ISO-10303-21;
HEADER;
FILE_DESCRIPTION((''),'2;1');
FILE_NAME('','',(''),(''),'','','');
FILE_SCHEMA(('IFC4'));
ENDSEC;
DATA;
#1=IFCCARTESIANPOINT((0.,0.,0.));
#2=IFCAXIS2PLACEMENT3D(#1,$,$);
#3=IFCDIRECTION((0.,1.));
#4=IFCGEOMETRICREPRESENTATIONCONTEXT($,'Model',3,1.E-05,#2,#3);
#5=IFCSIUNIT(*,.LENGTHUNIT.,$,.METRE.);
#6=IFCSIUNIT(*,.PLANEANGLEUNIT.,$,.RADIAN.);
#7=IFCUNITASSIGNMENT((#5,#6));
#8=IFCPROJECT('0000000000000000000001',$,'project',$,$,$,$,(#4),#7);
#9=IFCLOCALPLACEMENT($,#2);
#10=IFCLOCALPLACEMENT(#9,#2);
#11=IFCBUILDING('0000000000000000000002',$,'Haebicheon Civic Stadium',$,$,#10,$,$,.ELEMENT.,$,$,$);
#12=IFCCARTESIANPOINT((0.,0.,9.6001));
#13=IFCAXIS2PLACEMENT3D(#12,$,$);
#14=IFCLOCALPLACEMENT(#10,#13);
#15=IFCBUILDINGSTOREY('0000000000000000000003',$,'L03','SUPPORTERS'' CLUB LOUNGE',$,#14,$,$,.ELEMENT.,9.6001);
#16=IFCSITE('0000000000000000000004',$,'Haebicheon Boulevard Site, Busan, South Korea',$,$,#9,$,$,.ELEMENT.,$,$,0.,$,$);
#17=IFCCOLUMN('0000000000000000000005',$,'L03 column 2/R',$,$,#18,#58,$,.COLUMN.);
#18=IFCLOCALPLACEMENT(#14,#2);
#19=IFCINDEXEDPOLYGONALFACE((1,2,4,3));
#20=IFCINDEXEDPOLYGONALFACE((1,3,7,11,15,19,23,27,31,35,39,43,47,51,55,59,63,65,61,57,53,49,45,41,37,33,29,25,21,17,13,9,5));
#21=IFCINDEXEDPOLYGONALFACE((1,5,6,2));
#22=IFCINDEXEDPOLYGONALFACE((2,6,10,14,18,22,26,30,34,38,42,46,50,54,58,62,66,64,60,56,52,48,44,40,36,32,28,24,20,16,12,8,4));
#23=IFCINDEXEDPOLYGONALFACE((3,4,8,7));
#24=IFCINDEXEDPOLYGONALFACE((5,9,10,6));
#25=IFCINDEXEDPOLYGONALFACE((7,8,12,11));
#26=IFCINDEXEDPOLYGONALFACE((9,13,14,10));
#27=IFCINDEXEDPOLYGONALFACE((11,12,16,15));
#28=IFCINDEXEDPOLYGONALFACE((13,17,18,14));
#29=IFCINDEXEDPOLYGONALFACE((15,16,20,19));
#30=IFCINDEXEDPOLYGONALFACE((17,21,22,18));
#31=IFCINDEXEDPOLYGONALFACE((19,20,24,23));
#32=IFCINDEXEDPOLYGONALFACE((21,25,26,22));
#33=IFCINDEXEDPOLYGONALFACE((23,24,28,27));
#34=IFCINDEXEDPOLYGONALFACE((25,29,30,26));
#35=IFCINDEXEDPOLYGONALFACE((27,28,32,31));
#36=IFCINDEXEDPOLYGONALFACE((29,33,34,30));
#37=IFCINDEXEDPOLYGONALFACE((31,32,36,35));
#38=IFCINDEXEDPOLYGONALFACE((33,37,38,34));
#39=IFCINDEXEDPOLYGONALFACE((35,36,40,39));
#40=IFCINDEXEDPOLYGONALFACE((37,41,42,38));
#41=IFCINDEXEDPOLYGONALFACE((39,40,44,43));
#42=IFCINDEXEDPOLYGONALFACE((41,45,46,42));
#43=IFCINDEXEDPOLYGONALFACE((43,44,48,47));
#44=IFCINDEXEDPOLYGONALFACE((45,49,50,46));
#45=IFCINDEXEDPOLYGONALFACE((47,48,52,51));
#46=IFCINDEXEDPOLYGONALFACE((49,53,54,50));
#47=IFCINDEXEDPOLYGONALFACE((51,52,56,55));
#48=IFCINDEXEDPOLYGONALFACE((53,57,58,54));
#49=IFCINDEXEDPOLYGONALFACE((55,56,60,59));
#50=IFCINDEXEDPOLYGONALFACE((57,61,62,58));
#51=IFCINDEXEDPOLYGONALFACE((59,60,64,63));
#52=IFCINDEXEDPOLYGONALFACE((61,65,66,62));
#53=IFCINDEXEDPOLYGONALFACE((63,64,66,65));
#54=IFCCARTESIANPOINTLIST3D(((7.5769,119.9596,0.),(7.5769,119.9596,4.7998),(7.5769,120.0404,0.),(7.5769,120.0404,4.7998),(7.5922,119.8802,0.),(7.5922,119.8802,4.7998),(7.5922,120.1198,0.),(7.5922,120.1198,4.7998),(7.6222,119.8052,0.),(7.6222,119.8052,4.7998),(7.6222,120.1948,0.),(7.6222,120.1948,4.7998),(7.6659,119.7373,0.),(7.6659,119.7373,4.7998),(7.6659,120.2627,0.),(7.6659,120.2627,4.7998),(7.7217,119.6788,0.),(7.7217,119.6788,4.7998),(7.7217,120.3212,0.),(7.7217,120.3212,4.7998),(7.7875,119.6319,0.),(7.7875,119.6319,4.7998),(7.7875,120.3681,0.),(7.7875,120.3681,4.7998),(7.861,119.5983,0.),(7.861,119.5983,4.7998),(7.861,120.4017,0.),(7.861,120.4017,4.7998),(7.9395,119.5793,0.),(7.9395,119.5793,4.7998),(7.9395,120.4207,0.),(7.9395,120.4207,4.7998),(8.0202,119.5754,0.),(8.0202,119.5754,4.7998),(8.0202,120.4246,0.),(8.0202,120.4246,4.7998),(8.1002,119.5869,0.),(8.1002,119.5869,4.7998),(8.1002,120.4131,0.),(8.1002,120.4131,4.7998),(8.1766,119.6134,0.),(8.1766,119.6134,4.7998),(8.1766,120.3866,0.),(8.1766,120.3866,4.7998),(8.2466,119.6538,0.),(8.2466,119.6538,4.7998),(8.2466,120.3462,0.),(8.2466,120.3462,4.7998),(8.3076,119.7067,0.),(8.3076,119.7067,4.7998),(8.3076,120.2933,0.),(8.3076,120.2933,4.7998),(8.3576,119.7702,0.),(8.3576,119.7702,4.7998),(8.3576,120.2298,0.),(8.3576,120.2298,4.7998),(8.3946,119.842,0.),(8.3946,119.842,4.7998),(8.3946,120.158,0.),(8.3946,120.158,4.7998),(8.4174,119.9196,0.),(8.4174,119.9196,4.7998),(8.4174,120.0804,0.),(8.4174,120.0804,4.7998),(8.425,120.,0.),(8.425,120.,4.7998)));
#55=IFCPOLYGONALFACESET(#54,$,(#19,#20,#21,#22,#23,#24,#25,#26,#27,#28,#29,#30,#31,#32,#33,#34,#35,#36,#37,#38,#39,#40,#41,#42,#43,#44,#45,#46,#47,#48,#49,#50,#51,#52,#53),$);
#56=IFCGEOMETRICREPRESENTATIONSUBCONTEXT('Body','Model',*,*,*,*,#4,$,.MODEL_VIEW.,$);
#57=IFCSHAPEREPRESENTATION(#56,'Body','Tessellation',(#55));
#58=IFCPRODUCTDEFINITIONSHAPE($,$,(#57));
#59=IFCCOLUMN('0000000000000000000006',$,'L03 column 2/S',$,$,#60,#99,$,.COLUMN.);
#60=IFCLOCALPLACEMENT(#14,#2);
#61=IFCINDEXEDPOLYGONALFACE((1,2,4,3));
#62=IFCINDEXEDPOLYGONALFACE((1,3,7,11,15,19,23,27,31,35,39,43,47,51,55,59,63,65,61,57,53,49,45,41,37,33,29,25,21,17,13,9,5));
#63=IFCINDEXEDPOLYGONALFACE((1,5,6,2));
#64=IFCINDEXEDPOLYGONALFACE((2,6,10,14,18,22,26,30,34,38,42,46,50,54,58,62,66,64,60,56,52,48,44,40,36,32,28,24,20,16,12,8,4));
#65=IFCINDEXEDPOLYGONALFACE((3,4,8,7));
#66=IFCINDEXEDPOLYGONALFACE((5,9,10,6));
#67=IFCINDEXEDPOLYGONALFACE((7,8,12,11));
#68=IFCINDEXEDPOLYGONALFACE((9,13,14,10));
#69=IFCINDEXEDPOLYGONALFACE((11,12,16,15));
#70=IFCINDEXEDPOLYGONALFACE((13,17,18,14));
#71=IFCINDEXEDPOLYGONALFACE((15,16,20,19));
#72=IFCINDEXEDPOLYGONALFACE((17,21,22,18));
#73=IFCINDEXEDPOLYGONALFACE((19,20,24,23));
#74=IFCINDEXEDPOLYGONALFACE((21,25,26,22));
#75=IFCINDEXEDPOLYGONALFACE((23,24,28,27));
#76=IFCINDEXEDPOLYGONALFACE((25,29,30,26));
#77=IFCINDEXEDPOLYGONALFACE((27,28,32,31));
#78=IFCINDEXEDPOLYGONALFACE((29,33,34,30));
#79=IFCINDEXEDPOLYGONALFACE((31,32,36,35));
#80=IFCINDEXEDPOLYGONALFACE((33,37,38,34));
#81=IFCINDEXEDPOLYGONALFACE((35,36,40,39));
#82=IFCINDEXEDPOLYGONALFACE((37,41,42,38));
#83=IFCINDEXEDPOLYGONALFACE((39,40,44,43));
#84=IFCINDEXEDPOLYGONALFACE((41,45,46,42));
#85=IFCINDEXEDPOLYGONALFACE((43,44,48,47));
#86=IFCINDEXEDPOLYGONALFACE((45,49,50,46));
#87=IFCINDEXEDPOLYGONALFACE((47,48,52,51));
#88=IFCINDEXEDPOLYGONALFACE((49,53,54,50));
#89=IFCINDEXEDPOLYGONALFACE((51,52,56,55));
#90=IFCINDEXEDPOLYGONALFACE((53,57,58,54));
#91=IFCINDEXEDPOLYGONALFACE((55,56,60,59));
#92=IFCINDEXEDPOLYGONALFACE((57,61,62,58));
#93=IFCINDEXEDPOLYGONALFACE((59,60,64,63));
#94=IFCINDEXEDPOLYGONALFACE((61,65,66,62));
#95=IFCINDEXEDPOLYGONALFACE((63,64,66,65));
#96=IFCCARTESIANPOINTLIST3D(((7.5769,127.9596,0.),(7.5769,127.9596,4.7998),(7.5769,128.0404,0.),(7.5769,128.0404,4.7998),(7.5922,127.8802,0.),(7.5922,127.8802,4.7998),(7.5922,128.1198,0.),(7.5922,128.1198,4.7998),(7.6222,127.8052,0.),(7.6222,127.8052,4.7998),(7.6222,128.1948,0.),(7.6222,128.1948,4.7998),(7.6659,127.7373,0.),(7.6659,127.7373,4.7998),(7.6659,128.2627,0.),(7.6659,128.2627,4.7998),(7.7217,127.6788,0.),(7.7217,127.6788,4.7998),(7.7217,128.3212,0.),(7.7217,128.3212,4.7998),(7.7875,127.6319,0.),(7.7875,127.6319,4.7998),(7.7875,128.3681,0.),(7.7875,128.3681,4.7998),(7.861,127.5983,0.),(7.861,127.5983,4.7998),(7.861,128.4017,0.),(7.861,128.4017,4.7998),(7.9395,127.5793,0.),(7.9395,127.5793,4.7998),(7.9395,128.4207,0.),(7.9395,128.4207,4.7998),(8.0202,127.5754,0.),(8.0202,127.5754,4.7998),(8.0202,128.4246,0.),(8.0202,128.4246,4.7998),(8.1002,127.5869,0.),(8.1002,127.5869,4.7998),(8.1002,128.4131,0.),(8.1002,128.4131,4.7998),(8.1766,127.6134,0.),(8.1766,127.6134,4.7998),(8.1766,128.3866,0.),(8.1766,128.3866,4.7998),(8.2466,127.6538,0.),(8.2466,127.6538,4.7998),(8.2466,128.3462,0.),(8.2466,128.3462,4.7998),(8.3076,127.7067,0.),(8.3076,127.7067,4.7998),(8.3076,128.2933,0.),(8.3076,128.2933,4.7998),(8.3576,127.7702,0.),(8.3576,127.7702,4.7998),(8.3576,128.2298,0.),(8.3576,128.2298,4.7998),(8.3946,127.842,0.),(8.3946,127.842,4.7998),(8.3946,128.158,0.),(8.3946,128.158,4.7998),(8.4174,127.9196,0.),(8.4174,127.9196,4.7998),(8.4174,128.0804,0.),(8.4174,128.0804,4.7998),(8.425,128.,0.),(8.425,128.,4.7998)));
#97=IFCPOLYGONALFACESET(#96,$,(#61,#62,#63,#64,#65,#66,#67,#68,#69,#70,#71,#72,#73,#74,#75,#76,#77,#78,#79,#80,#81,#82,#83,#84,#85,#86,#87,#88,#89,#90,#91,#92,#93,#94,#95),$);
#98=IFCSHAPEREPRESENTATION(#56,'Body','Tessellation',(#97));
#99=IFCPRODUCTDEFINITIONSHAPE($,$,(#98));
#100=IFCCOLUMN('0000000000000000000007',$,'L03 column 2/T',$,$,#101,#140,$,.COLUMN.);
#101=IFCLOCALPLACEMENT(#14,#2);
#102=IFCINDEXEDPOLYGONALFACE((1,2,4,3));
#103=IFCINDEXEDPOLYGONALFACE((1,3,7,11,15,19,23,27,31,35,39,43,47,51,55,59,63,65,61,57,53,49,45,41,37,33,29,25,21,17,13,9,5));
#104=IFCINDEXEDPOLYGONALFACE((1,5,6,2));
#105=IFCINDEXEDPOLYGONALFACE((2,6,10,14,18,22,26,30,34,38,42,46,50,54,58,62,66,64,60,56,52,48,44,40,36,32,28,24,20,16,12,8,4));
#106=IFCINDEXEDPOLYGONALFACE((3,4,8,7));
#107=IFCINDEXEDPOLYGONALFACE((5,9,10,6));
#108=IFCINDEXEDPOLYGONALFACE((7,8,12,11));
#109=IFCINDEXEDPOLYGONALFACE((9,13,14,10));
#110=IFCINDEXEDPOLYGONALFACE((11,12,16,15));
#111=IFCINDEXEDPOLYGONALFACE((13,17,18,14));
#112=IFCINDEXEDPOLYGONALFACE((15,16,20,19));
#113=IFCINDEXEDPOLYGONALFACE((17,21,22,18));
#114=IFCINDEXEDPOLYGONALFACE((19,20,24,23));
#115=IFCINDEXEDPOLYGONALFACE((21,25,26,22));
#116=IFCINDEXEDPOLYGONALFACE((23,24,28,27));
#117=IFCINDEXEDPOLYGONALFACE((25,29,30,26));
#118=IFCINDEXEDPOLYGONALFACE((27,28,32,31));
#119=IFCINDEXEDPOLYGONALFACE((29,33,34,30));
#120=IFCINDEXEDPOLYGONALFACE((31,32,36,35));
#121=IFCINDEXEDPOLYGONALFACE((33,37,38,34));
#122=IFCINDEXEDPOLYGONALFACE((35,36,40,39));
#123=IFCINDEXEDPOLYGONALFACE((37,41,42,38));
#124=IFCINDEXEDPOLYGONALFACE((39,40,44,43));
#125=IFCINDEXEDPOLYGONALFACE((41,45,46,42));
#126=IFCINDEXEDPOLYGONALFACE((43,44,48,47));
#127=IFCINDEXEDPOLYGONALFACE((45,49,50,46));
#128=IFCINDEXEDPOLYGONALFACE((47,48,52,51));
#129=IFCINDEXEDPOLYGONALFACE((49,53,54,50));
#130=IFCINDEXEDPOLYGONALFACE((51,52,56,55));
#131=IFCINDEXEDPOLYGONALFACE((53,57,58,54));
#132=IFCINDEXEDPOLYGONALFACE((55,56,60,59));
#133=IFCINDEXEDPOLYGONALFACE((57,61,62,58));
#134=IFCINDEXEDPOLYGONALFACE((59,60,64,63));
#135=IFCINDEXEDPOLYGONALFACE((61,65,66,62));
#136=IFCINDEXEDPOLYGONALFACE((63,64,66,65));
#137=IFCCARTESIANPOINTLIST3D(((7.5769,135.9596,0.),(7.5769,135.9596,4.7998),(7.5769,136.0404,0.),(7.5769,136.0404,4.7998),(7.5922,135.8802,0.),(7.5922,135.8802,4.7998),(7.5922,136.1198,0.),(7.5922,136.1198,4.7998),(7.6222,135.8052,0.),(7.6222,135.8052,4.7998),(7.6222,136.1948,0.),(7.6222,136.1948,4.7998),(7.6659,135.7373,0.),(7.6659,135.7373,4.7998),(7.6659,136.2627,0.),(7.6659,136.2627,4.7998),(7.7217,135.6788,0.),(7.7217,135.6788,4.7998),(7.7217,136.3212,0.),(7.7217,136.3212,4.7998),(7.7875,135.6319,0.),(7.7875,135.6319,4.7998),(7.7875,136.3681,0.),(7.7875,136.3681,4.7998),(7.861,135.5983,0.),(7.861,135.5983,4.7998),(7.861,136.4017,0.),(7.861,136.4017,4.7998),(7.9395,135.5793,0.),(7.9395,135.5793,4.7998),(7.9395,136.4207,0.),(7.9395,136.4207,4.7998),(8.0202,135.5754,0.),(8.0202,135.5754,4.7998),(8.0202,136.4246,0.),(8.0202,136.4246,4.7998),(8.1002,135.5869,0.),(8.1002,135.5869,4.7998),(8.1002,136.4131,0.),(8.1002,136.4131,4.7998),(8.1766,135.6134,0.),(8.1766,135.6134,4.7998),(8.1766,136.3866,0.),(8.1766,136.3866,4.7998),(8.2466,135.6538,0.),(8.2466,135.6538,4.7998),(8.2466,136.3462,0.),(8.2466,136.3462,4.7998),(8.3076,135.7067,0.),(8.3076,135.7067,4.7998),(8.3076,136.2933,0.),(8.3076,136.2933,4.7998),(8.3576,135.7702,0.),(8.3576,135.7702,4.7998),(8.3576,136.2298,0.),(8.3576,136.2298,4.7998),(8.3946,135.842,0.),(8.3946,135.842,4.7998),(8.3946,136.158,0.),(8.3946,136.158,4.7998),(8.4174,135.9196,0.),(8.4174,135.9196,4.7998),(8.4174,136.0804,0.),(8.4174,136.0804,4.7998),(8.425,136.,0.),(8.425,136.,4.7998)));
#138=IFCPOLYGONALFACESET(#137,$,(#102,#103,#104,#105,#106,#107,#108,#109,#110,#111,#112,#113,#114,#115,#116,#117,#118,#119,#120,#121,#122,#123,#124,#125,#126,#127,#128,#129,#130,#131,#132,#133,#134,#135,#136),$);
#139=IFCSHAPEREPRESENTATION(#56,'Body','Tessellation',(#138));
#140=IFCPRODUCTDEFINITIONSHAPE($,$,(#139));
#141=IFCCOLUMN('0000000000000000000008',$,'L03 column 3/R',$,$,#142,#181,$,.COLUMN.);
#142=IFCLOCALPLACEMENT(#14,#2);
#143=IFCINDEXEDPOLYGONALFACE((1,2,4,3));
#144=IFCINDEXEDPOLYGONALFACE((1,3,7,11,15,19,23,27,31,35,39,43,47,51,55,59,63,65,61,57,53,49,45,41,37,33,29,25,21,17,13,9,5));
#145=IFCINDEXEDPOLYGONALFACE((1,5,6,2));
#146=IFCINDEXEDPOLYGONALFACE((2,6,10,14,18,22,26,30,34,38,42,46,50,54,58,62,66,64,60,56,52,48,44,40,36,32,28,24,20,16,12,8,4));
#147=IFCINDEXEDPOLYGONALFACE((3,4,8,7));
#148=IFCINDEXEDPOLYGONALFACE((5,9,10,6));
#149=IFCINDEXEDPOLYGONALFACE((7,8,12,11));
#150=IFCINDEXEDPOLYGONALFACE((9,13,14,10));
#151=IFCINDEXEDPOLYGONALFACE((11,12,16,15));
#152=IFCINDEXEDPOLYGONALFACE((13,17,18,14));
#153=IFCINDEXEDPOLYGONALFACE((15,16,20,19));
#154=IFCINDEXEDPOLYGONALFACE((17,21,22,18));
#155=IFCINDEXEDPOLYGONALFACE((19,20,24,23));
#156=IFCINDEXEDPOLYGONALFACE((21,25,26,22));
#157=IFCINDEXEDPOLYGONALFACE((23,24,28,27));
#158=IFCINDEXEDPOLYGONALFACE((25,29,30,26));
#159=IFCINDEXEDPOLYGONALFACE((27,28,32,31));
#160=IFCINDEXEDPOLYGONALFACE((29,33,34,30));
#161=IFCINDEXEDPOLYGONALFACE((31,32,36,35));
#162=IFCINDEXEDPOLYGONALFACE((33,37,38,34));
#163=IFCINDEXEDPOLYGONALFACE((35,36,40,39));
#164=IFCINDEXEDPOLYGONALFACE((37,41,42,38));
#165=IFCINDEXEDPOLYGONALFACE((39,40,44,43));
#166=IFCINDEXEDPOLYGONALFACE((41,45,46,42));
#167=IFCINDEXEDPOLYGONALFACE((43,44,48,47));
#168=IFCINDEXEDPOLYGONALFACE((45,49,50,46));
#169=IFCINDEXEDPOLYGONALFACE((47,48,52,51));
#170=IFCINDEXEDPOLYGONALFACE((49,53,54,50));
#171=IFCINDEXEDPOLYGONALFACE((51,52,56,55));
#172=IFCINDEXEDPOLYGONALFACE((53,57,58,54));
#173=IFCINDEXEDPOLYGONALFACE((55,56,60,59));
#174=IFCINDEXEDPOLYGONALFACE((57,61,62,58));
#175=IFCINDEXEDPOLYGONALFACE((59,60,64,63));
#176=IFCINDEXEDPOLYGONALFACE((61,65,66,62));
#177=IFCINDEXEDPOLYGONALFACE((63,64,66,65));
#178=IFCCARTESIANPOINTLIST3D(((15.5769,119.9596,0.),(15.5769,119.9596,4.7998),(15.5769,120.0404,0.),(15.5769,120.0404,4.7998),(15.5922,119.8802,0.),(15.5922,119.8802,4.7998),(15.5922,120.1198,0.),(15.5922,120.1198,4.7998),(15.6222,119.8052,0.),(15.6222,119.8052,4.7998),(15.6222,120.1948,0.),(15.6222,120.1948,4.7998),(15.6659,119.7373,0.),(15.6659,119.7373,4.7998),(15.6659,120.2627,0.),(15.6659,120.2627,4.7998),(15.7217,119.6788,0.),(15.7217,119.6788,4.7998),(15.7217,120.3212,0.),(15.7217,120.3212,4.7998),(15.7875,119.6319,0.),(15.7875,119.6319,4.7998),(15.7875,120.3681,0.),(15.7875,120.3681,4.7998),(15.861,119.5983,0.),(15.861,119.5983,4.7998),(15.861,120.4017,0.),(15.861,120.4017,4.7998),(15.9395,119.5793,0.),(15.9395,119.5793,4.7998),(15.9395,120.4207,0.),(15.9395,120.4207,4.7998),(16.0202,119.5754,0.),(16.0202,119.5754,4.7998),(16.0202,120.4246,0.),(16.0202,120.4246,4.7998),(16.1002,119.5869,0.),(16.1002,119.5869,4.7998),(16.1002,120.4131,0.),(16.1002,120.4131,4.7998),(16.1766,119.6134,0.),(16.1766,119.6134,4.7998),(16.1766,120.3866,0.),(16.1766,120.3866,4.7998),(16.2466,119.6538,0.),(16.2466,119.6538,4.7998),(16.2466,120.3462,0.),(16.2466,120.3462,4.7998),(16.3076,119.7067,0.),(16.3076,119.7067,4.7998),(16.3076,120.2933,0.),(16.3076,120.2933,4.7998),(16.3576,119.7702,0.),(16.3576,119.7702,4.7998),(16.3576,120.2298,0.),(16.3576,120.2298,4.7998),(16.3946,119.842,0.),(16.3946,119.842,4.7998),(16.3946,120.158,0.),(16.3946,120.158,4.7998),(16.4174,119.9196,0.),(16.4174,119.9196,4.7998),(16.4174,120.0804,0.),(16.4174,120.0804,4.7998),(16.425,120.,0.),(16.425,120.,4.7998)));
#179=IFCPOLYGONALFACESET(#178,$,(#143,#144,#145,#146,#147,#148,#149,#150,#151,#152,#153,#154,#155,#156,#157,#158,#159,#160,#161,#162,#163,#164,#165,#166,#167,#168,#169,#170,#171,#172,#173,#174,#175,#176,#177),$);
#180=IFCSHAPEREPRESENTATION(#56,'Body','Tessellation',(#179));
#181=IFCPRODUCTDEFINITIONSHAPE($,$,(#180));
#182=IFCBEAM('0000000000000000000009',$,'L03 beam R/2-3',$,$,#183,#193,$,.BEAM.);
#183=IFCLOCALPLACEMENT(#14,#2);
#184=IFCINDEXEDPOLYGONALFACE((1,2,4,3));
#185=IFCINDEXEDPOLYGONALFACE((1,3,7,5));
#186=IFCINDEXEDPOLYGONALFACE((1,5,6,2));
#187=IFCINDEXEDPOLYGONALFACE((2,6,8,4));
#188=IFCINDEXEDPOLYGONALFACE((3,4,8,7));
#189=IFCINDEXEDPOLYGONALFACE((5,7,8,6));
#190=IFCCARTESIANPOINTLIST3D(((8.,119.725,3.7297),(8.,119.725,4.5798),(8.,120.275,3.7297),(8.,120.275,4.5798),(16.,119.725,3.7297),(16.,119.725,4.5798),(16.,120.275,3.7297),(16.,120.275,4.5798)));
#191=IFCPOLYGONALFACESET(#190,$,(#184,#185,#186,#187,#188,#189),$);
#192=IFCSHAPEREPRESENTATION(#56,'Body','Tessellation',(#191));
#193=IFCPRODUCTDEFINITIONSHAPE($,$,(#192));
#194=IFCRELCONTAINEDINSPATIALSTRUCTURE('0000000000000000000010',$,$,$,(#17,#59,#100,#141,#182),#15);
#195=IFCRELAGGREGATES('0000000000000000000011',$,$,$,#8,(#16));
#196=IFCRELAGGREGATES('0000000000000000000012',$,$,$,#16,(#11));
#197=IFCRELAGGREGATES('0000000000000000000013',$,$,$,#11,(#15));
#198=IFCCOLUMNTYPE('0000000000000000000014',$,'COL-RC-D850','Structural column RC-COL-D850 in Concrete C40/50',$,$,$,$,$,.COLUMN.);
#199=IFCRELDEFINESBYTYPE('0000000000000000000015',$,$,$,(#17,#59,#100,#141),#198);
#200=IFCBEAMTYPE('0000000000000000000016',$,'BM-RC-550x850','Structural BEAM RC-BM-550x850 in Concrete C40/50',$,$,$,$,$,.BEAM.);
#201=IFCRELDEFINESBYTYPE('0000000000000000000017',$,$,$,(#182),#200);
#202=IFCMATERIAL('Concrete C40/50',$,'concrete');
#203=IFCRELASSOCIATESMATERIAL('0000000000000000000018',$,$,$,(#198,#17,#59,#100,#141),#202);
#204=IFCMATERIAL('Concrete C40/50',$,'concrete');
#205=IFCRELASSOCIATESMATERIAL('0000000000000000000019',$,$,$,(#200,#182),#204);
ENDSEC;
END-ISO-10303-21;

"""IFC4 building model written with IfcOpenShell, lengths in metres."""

from ifc_helpers import new_model, si_unit, direction, frame, origin, origin_2d, place, context, subcontext, project, spatial, rectangle, circle, extrude, material, material_profile, profile_set, type_object, element, save


model = new_model("IFC4")

# Units and contexts
model_context = context("Model", 3, precision=1e-05, world=origin(), true_north=direction((0.0, 1.0)))
body_context = subcontext(model_context, "Body", "Model", "MODEL_VIEW")
ifc_project = project(units=[si_unit("LENGTHUNIT", "METRE"), si_unit("PLANEANGLEUNIT", "RADIAN")], contexts=[model_context])

# Site, building, storey
site_placement = place(None, origin())
site = spatial("IfcSite", under=ifc_project, at=site_placement, Name="Haebicheon Boulevard Site, Busan, South Korea", CompositionType="ELEMENT", RefElevation=0.0)
building_placement = place(site_placement, origin())
building = spatial("IfcBuilding", under=site, at=building_placement, Name="Haebicheon Civic Stadium", CompositionType="ELEMENT")
storey_placement = place(building_placement, frame((0.0, 0.0, 9.6001)))
storey = spatial("IfcBuildingStorey", under=building, at=storey_placement, Name="L03", Description="SUPPORTERS' CLUB LOUNGE", CompositionType="ELEMENT", Elevation=9.6001)

# Columns
ifc_material_1 = material(Name="Concrete C40/50", Category="concrete")
ifc_material_profile_1 = material_profile(ifc_material_1, circle(Radius=0.425, at=origin_2d()), Name="RC-COL-D850")
ifc_profile_set_1 = profile_set([ifc_material_profile_1], Name="Concrete C40/50")
column_type = type_object("IfcColumnType", Name="COL-RC-D850", Description="Structural column RC-COL-D850 in Concrete C40/50", PredefinedType="COLUMN", material=ifc_profile_set_1)
for number, where, z_axis, x_axis, name in (
    (1, (8.0, 120.0, 0.0), (0.0, 0.0, 1.0), (1.0, 0.0, 0.0), "L03 column 2/R"),
    (2, (8.0, 128.0, 0.0), (0.0, 0.0, 1.0), (1.0, 0.0, 0.0), "L03 column 2/S"),
    (3, (8.0, 136.0, 0.0), (0.0, 0.0, 1.0), (1.0, 0.0, 0.0), "L03 column 2/T"),
    (4, (16.0, 120.0, 0.0), (0.0, 0.0, 1.0), (1.0, 0.0, 0.0), "L03 column 3/R"),
):
    element("IfcColumn", number, at=place(storey_placement, frame(where, z_axis=z_axis, x_axis=x_axis)), inside=storey, type_object=column_type, material=ifc_profile_set_1, Name=name, PredefinedType="COLUMN", context=body_context, shape_type="SweptSolid", body=[
        extrude(circle(Radius=0.425, at=origin_2d()), origin(), (0.0, 0.0, 1.0), 4.7998),
    ])

# Beam
ifc_material_2 = material(Name="Concrete C40/50", Category="concrete")
ifc_material_profile_2 = material_profile(ifc_material_2, rectangle(XDim=0.55, YDim=0.8501, at=origin_2d()), Name="RC-BM-550x850")
ifc_profile_set_2 = profile_set([ifc_material_profile_2], Name="Concrete C40/50")
beam_type_1 = type_object("IfcBeamType", Name="BM-RC-550x850", Description="Structural BEAM RC-BM-550x850 in Concrete C40/50", PredefinedType="BEAM", material=ifc_profile_set_2)
beam_1_placement = place(storey_placement, frame((8.0, 120.0, 4.1548), z_axis=(1.0, 0.0, 0.0), x_axis=(0.0, 1.0, 0.0)))
element("IfcBeam", 5, at=beam_1_placement, inside=storey, type_object=beam_type_1, material=ifc_profile_set_2, Name="L03 beam R/2-3", PredefinedType="BEAM", context=body_context, shape_type="SweptSolid", body=[
    extrude(rectangle(XDim=0.55, YDim=0.8501, at=origin_2d()), origin(), (0.0, 0.0, 1.0), 8.0),
])

save(model, "model.ifc")
